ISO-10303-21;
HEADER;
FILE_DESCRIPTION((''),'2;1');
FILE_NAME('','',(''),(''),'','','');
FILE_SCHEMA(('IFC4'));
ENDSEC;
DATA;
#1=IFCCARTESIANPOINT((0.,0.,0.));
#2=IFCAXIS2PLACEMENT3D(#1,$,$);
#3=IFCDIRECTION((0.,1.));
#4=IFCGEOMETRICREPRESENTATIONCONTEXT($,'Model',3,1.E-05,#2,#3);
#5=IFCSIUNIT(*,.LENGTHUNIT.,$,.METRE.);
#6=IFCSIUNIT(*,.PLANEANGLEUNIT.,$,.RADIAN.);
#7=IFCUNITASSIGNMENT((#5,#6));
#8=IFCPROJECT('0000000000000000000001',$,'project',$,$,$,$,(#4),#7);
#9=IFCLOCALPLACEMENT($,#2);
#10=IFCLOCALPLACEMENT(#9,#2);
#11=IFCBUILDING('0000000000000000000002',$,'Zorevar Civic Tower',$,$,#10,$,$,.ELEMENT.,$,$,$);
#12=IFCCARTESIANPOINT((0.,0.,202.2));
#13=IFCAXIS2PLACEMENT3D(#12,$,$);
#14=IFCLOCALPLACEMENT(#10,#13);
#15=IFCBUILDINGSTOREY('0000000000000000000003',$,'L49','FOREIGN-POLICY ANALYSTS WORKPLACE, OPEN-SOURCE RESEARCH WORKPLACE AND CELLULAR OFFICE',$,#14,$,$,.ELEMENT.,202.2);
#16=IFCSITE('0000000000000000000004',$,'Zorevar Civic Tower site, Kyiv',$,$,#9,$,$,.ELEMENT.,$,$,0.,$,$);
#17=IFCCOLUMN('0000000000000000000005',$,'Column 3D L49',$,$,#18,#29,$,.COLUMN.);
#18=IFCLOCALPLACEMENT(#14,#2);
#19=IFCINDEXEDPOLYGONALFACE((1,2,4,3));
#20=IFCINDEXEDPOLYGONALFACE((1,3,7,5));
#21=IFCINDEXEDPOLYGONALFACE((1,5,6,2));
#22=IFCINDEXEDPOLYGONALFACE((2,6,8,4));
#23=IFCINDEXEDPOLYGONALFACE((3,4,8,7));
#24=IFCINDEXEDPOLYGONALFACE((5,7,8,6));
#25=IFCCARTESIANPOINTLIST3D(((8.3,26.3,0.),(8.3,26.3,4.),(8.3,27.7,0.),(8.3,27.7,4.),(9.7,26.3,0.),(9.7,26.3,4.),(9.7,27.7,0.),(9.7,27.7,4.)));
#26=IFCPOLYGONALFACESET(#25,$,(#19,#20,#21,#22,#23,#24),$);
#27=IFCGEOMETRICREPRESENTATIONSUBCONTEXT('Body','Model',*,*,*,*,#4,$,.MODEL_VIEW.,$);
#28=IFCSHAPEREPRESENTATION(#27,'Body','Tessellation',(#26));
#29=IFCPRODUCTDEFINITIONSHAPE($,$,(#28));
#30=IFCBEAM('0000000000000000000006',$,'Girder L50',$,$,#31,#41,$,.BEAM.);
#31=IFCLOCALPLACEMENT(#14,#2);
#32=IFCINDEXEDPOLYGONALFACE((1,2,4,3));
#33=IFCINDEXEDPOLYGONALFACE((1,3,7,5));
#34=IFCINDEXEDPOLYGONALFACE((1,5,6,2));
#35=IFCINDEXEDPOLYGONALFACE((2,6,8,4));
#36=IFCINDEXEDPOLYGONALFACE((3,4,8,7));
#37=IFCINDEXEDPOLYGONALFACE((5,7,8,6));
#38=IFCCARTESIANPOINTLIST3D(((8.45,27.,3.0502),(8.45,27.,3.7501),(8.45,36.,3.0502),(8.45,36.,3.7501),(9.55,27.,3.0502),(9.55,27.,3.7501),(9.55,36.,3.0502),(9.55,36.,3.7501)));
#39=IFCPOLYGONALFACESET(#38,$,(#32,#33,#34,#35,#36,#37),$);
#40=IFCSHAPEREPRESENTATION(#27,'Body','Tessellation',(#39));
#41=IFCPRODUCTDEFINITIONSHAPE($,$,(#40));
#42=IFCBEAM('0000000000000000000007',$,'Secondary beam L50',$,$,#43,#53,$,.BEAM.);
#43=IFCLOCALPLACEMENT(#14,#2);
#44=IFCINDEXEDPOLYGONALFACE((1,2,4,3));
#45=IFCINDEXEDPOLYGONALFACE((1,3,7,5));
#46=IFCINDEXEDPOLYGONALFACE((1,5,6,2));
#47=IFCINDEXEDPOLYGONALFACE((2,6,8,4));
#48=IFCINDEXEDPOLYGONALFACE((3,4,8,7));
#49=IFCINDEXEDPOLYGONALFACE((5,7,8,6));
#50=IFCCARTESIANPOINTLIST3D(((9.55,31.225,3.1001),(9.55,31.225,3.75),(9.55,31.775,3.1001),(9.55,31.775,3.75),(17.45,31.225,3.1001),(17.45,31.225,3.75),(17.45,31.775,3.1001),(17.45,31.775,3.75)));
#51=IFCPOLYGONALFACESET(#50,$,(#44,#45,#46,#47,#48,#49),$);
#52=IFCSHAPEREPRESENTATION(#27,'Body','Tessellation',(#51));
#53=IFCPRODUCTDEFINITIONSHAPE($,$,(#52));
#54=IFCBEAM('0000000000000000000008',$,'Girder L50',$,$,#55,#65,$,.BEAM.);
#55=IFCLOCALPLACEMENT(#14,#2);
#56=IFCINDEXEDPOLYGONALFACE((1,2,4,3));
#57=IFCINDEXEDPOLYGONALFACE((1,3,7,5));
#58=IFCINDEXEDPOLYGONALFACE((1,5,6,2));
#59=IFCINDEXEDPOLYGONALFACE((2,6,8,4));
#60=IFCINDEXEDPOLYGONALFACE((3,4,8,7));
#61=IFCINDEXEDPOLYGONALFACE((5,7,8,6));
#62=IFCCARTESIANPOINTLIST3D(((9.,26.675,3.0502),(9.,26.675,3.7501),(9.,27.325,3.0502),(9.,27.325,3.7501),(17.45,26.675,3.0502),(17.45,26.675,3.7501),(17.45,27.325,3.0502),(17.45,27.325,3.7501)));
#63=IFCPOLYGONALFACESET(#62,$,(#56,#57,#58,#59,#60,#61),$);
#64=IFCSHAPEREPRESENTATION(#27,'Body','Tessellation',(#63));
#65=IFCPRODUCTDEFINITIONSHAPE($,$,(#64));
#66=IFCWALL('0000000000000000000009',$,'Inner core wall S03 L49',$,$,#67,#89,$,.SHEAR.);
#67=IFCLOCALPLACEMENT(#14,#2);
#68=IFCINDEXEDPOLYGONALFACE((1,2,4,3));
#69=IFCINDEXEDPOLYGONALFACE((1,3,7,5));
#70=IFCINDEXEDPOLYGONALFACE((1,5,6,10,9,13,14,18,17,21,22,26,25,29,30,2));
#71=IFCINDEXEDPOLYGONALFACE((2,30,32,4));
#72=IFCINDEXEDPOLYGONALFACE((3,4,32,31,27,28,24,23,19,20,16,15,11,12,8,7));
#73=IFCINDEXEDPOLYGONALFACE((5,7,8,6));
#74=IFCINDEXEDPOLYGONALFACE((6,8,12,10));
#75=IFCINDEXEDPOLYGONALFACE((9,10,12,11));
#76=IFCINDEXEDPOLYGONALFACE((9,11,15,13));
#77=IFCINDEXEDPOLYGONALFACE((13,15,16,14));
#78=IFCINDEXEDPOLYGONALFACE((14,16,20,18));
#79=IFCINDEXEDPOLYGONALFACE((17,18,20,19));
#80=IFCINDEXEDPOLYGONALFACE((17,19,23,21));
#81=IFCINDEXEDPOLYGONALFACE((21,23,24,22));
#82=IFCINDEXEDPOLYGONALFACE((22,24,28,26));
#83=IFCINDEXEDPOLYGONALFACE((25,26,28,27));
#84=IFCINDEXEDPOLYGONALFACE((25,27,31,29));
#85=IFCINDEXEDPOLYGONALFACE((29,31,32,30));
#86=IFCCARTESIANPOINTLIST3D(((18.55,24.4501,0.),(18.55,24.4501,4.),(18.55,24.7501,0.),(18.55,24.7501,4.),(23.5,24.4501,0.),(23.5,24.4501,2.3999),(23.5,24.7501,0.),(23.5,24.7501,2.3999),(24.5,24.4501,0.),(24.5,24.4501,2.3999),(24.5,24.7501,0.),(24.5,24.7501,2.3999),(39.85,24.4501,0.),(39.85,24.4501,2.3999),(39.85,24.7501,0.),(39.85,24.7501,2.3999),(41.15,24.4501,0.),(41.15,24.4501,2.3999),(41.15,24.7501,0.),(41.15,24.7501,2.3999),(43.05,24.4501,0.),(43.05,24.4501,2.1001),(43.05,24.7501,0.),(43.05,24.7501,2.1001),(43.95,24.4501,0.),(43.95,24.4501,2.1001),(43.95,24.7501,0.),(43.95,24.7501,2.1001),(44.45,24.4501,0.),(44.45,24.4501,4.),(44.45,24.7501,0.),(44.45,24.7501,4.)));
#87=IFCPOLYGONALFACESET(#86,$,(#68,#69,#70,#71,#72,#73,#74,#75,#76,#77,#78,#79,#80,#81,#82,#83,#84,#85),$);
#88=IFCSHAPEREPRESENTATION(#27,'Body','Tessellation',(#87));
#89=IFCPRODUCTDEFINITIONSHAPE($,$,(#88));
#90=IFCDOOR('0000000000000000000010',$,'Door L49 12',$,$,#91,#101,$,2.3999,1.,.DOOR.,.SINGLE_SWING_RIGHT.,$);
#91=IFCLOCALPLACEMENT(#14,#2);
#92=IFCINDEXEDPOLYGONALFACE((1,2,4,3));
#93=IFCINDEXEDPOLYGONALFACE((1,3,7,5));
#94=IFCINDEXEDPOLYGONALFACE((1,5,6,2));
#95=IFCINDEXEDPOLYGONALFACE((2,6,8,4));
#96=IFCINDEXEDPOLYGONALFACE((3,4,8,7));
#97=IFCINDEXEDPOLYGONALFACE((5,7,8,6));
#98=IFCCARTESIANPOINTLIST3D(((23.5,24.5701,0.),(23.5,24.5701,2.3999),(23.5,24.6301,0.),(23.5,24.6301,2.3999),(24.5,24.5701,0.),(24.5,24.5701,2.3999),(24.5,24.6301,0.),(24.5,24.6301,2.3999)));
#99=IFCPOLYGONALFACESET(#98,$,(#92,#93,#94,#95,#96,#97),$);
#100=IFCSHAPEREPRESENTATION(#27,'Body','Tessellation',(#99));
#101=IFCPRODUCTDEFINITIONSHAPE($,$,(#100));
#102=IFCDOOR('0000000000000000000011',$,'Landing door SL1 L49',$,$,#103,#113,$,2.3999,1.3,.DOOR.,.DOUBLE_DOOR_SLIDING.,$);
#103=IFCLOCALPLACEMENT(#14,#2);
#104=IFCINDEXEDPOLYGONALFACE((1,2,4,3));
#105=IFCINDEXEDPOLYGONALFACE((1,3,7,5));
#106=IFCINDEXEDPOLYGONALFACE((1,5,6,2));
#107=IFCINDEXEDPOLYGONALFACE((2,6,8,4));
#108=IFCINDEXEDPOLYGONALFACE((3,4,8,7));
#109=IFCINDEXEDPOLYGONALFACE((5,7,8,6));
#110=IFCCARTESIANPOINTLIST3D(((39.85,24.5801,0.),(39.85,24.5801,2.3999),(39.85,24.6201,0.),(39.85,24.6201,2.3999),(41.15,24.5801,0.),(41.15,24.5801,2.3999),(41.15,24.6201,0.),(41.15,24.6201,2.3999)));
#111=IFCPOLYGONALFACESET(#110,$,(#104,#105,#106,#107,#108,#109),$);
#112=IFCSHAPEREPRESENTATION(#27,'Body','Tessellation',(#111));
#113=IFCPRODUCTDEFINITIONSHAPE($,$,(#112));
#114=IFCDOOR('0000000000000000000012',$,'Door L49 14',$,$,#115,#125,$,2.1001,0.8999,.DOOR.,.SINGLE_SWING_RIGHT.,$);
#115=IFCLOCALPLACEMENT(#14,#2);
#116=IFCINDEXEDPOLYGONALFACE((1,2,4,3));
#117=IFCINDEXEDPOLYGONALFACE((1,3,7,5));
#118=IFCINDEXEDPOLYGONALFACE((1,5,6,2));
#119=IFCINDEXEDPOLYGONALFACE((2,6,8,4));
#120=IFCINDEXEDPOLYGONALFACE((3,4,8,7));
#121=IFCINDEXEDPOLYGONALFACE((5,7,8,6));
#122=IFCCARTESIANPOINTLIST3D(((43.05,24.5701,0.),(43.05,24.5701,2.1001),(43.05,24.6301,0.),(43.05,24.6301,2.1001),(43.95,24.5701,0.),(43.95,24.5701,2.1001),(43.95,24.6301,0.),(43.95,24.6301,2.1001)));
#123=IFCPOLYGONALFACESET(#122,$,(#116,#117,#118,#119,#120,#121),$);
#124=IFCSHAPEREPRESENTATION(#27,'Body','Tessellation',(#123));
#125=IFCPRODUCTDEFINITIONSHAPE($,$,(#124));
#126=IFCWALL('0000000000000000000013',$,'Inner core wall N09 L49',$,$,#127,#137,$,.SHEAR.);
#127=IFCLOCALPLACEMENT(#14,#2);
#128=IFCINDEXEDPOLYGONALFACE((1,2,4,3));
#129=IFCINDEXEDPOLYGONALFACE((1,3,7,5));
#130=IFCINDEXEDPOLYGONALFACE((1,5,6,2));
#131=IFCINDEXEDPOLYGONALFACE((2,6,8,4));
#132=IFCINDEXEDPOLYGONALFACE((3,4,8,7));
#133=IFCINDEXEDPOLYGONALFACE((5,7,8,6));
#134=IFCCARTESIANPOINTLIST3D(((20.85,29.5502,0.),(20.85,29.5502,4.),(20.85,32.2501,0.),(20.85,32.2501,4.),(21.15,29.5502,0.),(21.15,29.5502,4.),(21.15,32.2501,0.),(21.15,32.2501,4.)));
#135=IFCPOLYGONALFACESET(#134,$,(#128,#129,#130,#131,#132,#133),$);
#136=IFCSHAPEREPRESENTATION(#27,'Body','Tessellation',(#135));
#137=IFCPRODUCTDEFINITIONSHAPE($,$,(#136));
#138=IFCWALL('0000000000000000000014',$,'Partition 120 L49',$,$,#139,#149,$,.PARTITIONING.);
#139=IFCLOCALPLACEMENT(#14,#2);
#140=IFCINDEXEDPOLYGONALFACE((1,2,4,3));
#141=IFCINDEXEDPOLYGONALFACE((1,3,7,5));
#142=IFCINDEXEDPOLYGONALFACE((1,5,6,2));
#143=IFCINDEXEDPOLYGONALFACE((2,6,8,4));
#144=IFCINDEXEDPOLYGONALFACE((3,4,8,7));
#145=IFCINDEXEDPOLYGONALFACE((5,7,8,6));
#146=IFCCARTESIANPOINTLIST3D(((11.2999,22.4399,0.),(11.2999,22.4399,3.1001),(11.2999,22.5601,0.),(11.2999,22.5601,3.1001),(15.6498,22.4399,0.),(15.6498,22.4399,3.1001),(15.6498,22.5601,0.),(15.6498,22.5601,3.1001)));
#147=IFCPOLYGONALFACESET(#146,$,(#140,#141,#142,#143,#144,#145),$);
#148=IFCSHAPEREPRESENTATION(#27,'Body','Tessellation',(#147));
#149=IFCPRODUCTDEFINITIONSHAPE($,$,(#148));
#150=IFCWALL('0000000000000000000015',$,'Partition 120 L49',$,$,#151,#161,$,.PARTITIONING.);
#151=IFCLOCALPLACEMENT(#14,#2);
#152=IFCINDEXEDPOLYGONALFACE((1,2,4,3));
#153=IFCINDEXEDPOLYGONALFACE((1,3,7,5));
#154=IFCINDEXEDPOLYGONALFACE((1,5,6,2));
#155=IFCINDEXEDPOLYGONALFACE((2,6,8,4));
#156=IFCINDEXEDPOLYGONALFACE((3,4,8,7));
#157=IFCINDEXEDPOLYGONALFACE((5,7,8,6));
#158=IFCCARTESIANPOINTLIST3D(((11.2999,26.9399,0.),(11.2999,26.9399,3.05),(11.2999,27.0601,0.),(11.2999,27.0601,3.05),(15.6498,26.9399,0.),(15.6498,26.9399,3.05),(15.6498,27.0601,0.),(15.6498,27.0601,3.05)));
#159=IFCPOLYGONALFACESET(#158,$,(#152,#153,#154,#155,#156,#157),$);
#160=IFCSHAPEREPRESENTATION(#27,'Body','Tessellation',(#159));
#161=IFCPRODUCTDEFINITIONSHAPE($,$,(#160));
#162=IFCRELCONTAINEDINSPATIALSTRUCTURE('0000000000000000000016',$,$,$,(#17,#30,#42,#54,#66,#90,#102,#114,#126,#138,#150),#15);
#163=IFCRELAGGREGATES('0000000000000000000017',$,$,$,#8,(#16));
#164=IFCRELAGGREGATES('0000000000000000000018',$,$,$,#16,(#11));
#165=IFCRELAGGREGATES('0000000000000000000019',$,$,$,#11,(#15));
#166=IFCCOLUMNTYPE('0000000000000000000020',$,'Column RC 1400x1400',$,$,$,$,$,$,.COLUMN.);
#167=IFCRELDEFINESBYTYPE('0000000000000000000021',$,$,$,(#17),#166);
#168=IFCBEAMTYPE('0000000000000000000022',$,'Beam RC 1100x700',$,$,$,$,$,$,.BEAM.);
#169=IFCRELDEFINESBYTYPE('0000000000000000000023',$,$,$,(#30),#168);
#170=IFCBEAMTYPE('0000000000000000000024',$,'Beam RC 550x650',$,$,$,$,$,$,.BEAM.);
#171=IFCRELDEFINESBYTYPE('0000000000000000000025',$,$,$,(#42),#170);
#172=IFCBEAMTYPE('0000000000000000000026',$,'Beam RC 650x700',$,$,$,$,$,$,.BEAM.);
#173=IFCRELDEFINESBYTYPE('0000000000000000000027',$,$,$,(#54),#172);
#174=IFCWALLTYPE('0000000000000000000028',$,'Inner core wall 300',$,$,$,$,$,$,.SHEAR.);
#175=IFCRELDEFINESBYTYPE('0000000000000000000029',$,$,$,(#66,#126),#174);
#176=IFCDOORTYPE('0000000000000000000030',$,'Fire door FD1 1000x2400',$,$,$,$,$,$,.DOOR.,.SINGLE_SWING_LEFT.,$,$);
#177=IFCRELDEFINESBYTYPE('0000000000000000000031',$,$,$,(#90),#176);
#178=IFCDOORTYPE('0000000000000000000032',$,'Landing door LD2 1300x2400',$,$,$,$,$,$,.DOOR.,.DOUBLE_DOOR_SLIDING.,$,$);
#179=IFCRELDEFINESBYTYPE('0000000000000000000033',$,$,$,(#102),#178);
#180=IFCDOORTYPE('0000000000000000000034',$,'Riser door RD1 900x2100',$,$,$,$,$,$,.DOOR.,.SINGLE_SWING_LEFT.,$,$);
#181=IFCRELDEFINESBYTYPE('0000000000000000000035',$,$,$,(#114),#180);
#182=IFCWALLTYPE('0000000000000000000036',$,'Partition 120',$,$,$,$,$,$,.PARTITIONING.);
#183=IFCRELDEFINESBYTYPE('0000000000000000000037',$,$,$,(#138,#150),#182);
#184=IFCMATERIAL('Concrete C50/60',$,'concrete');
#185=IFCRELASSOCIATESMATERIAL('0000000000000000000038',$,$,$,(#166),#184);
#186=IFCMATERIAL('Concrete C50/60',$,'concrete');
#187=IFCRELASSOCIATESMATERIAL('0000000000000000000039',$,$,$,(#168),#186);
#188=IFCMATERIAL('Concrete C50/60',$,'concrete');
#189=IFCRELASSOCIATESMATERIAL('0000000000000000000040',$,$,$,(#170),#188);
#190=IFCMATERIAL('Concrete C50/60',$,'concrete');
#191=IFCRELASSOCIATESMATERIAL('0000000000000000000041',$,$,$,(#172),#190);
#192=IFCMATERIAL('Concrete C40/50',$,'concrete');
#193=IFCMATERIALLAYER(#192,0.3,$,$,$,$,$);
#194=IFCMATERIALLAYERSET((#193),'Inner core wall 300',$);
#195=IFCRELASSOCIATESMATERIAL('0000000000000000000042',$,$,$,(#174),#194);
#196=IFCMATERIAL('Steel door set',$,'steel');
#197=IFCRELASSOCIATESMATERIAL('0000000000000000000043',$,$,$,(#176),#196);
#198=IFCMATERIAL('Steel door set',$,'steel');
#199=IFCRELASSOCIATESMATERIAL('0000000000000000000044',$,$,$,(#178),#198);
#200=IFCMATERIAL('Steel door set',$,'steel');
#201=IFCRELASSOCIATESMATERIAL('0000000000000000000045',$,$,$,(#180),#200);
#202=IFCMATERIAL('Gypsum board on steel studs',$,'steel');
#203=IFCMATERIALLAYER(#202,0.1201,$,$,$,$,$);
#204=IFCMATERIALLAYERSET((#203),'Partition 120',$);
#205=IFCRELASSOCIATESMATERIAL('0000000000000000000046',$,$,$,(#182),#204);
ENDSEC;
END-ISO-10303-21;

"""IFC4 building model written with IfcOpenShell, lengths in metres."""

from ifc_helpers import new_model, si_unit, direction, frame, frame_2d, origin, origin_2d, place, context, subcontext, project, spatial, rectangle, extrude, material, layer, layer_set, material_profile, profile_set, type_object, element, fill, save


model = new_model("IFC4")

# Units and contexts
model_context = context("Model", 3, precision=1e-05, world=origin(), true_north=direction((0.0, 1.0)))
body_context = subcontext(model_context, "Body", "Model", "MODEL_VIEW")
ifc_project = project(units=[si_unit("LENGTHUNIT", "METRE"), si_unit("PLANEANGLEUNIT", "RADIAN")], contexts=[model_context])

# Site, building, storey
site_placement = place(None, origin())
site = spatial("IfcSite", under=ifc_project, at=site_placement, Name="Zorevar Civic Tower site, Kyiv", CompositionType="ELEMENT", RefElevation=0.0)
building_placement = place(site_placement, origin())
building = spatial("IfcBuilding", under=site, at=building_placement, Name="Zorevar Civic Tower", CompositionType="ELEMENT")
storey_placement = place(building_placement, frame((0.0, 0.0, 202.2)))
storey = spatial("IfcBuildingStorey", under=building, at=storey_placement, Name="L49", Description="FOREIGN-POLICY ANALYSTS WORKPLACE, OPEN-SOURCE RESEARCH WORKPLACE AND CELLULAR OFFICE", CompositionType="ELEMENT", Elevation=202.2)

# Column
ifc_material_1 = material(Name="Concrete C50/60", Category="concrete")
ifc_material_profile_1 = material_profile(ifc_material_1, rectangle(XDim=1.3999, YDim=1.3999, at=origin_2d()), Name="RC 1400x1400")
ifc_profile_set_1 = profile_set([ifc_material_profile_1], Name="Concrete C50/60")
column_type = type_object("IfcColumnType", Name="Column RC 1400x1400", PredefinedType="COLUMN", material=ifc_profile_set_1)
column_placement = place(storey_placement, frame((9.0, 27.0, 0.0), z_axis=(0.0, 0.0, 1.0), x_axis=(1.0, 0.0, 0.0)))
element("IfcColumn", 1, at=column_placement, inside=storey, type_object=column_type, Name="Column 3D L49", PredefinedType="COLUMN", context=body_context, shape_type="SweptSolid", body=[
    extrude(rectangle(XDim=1.3999, YDim=1.3999, at=origin_2d()), origin(), (0.0, 0.0, 1.0), 4.0),
])

# Beams
ifc_material_2 = material(Name="Concrete C50/60", Category="concrete")
ifc_material_profile_2 = material_profile(ifc_material_2, rectangle(XDim=1.1001, YDim=0.7, at=origin_2d()), Name="RC 1100x700")
ifc_profile_set_2 = profile_set([ifc_material_profile_2], Name="Concrete C50/60")
beam_type_1 = type_object("IfcBeamType", Name="Beam RC 1100x700", PredefinedType="BEAM", material=ifc_profile_set_2)
beam_1_placement = place(storey_placement, frame((9.0, 27.0, 3.4001), z_axis=(0.0, 1.0, 0.0), x_axis=(-1.0, 0.0, 0.0)))
element("IfcBeam", 2, at=beam_1_placement, inside=storey, type_object=beam_type_1, Name="Girder L50", PredefinedType="BEAM", context=body_context, shape_type="SweptSolid", body=[
    extrude(rectangle(XDim=1.1001, YDim=0.7, at=origin_2d()), origin(), (0.0, 0.0, 1.0), 9.0),
])
ifc_material_3 = material(Name="Concrete C50/60", Category="concrete")
ifc_material_profile_3 = material_profile(ifc_material_3, rectangle(XDim=0.55, YDim=0.6499, at=origin_2d()), Name="RC 550x650")
ifc_profile_set_3 = profile_set([ifc_material_profile_3], Name="Concrete C50/60")
beam_type_2 = type_object("IfcBeamType", Name="Beam RC 550x650", PredefinedType="BEAM", material=ifc_profile_set_3)
beam_2_placement = place(storey_placement, frame((9.55, 31.5, 3.425), z_axis=(1.0, 0.0, 0.0), x_axis=(0.0, 1.0, 0.0)))
element("IfcBeam", 3, at=beam_2_placement, inside=storey, type_object=beam_type_2, Name="Secondary beam L50", PredefinedType="BEAM", context=body_context, shape_type="SweptSolid", body=[
    extrude(rectangle(XDim=0.55, YDim=0.6499, at=origin_2d()), origin(), (0.0, 0.0, 1.0), 7.8999),
])
ifc_material_4 = material(Name="Concrete C50/60", Category="concrete")
ifc_material_profile_4 = material_profile(ifc_material_4, rectangle(XDim=0.6499, YDim=0.7, at=origin_2d()), Name="RC 650x700")
ifc_profile_set_4 = profile_set([ifc_material_profile_4], Name="Concrete C50/60")
beam_type_3 = type_object("IfcBeamType", Name="Beam RC 650x700", PredefinedType="BEAM", material=ifc_profile_set_4)
beam_3_placement = place(storey_placement, frame((9.0, 27.0, 3.4001), z_axis=(1.0, 0.0, 0.0), x_axis=(0.0, 1.0, 0.0)))
element("IfcBeam", 4, at=beam_3_placement, inside=storey, type_object=beam_type_3, Name="Girder L50", PredefinedType="BEAM", context=body_context, shape_type="SweptSolid", body=[
    extrude(rectangle(XDim=0.6499, YDim=0.7, at=origin_2d()), origin(), (0.0, 0.0, 1.0), 8.45),
])

# Wall, openings, doors
ifc_material_5 = material(Name="Concrete C40/50", Category="concrete")
ifc_layer_1 = layer(ifc_material_5, 0.3)
ifc_layer_set_1 = layer_set([ifc_layer_1], Name="Inner core wall 300")
wall_type_1 = type_object("IfcWallType", Name="Inner core wall 300", PredefinedType="SHEAR", material=ifc_layer_set_1)
wall_1_placement = place(storey_placement, frame((18.55, 24.6001, 0.0), z_axis=(0.0, 0.0, 1.0), x_axis=(1.0, 0.0, 0.0)))
wall_1 = element("IfcWall", 5, at=wall_1_placement, inside=storey, type_object=wall_type_1, Name="Inner core wall S03 L49", PredefinedType="SHEAR", context=body_context, shape_type="SweptSolid", body=[
    extrude(rectangle(XDim=25.8999, YDim=0.3, at=frame_2d((12.95, 0.0))), origin(), (0.0, 0.0, 1.0), 4.0),
])
opening_1_placement = place(wall_1_placement, frame((4.95, 0.0, 0.0)))
opening_1 = element("IfcOpeningElement", 6, at=opening_1_placement, cuts=wall_1, PredefinedType="OPENING", context=body_context, shape_type="SweptSolid", body=[
    extrude(rectangle(XDim=1.0, YDim=2.3999, at=frame_2d((0.5, 1.2))), frame((0.0, 0.1599, 0.0), z_axis=(0.0, -1.0, 0.0), x_axis=(1.0, 0.0, 0.0)), (0.0, 0.0, 1.0), 0.3201),
])
opening_2_placement = place(wall_1_placement, frame((24.5, 0.0, 0.0)))
opening_2 = element("IfcOpeningElement", 7, at=opening_2_placement, cuts=wall_1, PredefinedType="OPENING", context=body_context, shape_type="SweptSolid", body=[
    extrude(rectangle(XDim=0.8999, YDim=2.1001, at=frame_2d((0.45, 1.05))), frame((0.0, 0.1599, 0.0), z_axis=(0.0, -1.0, 0.0), x_axis=(1.0, 0.0, 0.0)), (0.0, 0.0, 1.0), 0.3201),
])
opening_3_placement = place(wall_1_placement, frame((21.3, 0.0, 0.0)))
opening_3 = element("IfcOpeningElement", 8, at=opening_3_placement, cuts=wall_1, PredefinedType="OPENING", context=body_context, shape_type="SweptSolid", body=[
    extrude(rectangle(XDim=1.3, YDim=2.3999, at=frame_2d((0.6499, 1.2))), frame((0.0, 0.1599, 0.0), z_axis=(0.0, -1.0, 0.0), x_axis=(1.0, 0.0, 0.0)), (0.0, 0.0, 1.0), 0.3201),
])
ifc_material_6 = material(Name="Steel door set", Category="steel")
door_type_1 = type_object("IfcDoorType", Name="Fire door FD1 1000x2400", OperationType="SINGLE_SWING_LEFT", PredefinedType="DOOR", material=ifc_material_6)
door_1_placement = place(opening_1_placement, origin())
door_1 = element("IfcDoor", 9, at=door_1_placement, inside=storey, type_object=door_type_1, Name="Door L49 12", OperationType="SINGLE_SWING_RIGHT", OverallHeight=2.3999, OverallWidth=1.0, PredefinedType="DOOR", context=body_context, shape_type="SweptSolid", body=[
    extrude(rectangle(XDim=1.0, YDim=2.3999, at=frame_2d((0.5, 1.2))), frame((0.0, 0.03, 0.0), z_axis=(0.0, -1.0, 0.0), x_axis=(1.0, 0.0, 0.0)), (0.0, 0.0, 1.0), 0.0601),
])
fill(opening_1, door_1)
ifc_material_7 = material(Name="Steel door set", Category="steel")
door_type_2 = type_object("IfcDoorType", Name="Landing door LD2 1300x2400", OperationType="DOUBLE_DOOR_SLIDING", PredefinedType="DOOR", material=ifc_material_7)
door_2_placement = place(opening_3_placement, origin())
door_2 = element("IfcDoor", 10, at=door_2_placement, inside=storey, type_object=door_type_2, Name="Landing door SL1 L49", OperationType="DOUBLE_DOOR_SLIDING", OverallHeight=2.3999, OverallWidth=1.3, PredefinedType="DOOR", context=body_context, shape_type="SweptSolid", body=[
    extrude(rectangle(XDim=1.3, YDim=2.3999, at=frame_2d((0.6499, 1.2))), frame((0.0, 0.02, 0.0), z_axis=(0.0, -1.0, 0.0), x_axis=(1.0, 0.0, 0.0)), (0.0, 0.0, 1.0), 0.04),
])
fill(opening_3, door_2)
ifc_material_8 = material(Name="Steel door set", Category="steel")
door_type_3 = type_object("IfcDoorType", Name="Riser door RD1 900x2100", OperationType="SINGLE_SWING_LEFT", PredefinedType="DOOR", material=ifc_material_8)
door_3_placement = place(opening_2_placement, origin())
door_3 = element("IfcDoor", 11, at=door_3_placement, inside=storey, type_object=door_type_3, Name="Door L49 14", OperationType="SINGLE_SWING_RIGHT", OverallHeight=2.1001, OverallWidth=0.8999, PredefinedType="DOOR", context=body_context, shape_type="SweptSolid", body=[
    extrude(rectangle(XDim=0.8999, YDim=2.1001, at=frame_2d((0.45, 1.05))), frame((0.0, 0.03, 0.0), z_axis=(0.0, -1.0, 0.0), x_axis=(1.0, 0.0, 0.0)), (0.0, 0.0, 1.0), 0.0601),
])
fill(opening_2, door_3)

# Walls
wall_2_placement = place(storey_placement, frame((21.0, 29.55, 0.0), z_axis=(0.0, 0.0, 1.0), x_axis=(0.0, 1.0, 0.0)))
element("IfcWall", 12, at=wall_2_placement, inside=storey, type_object=wall_type_1, Name="Inner core wall N09 L49", PredefinedType="SHEAR", context=body_context, shape_type="SweptSolid", body=[
    extrude(rectangle(XDim=2.7, YDim=0.3, at=frame_2d((1.3501, 0.0))), origin(), (0.0, 0.0, 1.0), 4.0),
])
ifc_material_9 = material(Name="Gypsum board on steel studs", Category="steel")
ifc_layer_2 = layer(ifc_material_9, 0.1201)
ifc_layer_set_2 = layer_set([ifc_layer_2], Name="Partition 120")
wall_type_2 = type_object("IfcWallType", Name="Partition 120", PredefinedType="PARTITIONING", material=ifc_layer_set_2)
wall_3_placement = place(storey_placement, frame((11.3, 22.5, 0.0), z_axis=(0.0, 0.0, 1.0), x_axis=(1.0, 0.0, 0.0)))
element("IfcWall", 13, at=wall_3_placement, inside=storey, type_object=wall_type_2, Name="Partition 120 L49", PredefinedType="PARTITIONING", context=body_context, shape_type="SweptSolid", body=[
    extrude(rectangle(XDim=4.3499, YDim=0.1201, at=frame_2d((2.1748, 0.0))), origin(), (0.0, 0.0, 1.0), 3.1001),
])
wall_4_placement = place(storey_placement, frame((11.3, 27.0, 0.0), z_axis=(0.0, 0.0, 1.0), x_axis=(1.0, 0.0, 0.0)))
element("IfcWall", 14, at=wall_4_placement, inside=storey, type_object=wall_type_2, Name="Partition 120 L49", PredefinedType="PARTITIONING", context=body_context, shape_type="SweptSolid", body=[
    extrude(rectangle(XDim=4.3499, YDim=0.1201, at=frame_2d((2.1748, 0.0))), origin(), (0.0, 0.0, 1.0), 3.05),
])

save(model, "model.ifc")
